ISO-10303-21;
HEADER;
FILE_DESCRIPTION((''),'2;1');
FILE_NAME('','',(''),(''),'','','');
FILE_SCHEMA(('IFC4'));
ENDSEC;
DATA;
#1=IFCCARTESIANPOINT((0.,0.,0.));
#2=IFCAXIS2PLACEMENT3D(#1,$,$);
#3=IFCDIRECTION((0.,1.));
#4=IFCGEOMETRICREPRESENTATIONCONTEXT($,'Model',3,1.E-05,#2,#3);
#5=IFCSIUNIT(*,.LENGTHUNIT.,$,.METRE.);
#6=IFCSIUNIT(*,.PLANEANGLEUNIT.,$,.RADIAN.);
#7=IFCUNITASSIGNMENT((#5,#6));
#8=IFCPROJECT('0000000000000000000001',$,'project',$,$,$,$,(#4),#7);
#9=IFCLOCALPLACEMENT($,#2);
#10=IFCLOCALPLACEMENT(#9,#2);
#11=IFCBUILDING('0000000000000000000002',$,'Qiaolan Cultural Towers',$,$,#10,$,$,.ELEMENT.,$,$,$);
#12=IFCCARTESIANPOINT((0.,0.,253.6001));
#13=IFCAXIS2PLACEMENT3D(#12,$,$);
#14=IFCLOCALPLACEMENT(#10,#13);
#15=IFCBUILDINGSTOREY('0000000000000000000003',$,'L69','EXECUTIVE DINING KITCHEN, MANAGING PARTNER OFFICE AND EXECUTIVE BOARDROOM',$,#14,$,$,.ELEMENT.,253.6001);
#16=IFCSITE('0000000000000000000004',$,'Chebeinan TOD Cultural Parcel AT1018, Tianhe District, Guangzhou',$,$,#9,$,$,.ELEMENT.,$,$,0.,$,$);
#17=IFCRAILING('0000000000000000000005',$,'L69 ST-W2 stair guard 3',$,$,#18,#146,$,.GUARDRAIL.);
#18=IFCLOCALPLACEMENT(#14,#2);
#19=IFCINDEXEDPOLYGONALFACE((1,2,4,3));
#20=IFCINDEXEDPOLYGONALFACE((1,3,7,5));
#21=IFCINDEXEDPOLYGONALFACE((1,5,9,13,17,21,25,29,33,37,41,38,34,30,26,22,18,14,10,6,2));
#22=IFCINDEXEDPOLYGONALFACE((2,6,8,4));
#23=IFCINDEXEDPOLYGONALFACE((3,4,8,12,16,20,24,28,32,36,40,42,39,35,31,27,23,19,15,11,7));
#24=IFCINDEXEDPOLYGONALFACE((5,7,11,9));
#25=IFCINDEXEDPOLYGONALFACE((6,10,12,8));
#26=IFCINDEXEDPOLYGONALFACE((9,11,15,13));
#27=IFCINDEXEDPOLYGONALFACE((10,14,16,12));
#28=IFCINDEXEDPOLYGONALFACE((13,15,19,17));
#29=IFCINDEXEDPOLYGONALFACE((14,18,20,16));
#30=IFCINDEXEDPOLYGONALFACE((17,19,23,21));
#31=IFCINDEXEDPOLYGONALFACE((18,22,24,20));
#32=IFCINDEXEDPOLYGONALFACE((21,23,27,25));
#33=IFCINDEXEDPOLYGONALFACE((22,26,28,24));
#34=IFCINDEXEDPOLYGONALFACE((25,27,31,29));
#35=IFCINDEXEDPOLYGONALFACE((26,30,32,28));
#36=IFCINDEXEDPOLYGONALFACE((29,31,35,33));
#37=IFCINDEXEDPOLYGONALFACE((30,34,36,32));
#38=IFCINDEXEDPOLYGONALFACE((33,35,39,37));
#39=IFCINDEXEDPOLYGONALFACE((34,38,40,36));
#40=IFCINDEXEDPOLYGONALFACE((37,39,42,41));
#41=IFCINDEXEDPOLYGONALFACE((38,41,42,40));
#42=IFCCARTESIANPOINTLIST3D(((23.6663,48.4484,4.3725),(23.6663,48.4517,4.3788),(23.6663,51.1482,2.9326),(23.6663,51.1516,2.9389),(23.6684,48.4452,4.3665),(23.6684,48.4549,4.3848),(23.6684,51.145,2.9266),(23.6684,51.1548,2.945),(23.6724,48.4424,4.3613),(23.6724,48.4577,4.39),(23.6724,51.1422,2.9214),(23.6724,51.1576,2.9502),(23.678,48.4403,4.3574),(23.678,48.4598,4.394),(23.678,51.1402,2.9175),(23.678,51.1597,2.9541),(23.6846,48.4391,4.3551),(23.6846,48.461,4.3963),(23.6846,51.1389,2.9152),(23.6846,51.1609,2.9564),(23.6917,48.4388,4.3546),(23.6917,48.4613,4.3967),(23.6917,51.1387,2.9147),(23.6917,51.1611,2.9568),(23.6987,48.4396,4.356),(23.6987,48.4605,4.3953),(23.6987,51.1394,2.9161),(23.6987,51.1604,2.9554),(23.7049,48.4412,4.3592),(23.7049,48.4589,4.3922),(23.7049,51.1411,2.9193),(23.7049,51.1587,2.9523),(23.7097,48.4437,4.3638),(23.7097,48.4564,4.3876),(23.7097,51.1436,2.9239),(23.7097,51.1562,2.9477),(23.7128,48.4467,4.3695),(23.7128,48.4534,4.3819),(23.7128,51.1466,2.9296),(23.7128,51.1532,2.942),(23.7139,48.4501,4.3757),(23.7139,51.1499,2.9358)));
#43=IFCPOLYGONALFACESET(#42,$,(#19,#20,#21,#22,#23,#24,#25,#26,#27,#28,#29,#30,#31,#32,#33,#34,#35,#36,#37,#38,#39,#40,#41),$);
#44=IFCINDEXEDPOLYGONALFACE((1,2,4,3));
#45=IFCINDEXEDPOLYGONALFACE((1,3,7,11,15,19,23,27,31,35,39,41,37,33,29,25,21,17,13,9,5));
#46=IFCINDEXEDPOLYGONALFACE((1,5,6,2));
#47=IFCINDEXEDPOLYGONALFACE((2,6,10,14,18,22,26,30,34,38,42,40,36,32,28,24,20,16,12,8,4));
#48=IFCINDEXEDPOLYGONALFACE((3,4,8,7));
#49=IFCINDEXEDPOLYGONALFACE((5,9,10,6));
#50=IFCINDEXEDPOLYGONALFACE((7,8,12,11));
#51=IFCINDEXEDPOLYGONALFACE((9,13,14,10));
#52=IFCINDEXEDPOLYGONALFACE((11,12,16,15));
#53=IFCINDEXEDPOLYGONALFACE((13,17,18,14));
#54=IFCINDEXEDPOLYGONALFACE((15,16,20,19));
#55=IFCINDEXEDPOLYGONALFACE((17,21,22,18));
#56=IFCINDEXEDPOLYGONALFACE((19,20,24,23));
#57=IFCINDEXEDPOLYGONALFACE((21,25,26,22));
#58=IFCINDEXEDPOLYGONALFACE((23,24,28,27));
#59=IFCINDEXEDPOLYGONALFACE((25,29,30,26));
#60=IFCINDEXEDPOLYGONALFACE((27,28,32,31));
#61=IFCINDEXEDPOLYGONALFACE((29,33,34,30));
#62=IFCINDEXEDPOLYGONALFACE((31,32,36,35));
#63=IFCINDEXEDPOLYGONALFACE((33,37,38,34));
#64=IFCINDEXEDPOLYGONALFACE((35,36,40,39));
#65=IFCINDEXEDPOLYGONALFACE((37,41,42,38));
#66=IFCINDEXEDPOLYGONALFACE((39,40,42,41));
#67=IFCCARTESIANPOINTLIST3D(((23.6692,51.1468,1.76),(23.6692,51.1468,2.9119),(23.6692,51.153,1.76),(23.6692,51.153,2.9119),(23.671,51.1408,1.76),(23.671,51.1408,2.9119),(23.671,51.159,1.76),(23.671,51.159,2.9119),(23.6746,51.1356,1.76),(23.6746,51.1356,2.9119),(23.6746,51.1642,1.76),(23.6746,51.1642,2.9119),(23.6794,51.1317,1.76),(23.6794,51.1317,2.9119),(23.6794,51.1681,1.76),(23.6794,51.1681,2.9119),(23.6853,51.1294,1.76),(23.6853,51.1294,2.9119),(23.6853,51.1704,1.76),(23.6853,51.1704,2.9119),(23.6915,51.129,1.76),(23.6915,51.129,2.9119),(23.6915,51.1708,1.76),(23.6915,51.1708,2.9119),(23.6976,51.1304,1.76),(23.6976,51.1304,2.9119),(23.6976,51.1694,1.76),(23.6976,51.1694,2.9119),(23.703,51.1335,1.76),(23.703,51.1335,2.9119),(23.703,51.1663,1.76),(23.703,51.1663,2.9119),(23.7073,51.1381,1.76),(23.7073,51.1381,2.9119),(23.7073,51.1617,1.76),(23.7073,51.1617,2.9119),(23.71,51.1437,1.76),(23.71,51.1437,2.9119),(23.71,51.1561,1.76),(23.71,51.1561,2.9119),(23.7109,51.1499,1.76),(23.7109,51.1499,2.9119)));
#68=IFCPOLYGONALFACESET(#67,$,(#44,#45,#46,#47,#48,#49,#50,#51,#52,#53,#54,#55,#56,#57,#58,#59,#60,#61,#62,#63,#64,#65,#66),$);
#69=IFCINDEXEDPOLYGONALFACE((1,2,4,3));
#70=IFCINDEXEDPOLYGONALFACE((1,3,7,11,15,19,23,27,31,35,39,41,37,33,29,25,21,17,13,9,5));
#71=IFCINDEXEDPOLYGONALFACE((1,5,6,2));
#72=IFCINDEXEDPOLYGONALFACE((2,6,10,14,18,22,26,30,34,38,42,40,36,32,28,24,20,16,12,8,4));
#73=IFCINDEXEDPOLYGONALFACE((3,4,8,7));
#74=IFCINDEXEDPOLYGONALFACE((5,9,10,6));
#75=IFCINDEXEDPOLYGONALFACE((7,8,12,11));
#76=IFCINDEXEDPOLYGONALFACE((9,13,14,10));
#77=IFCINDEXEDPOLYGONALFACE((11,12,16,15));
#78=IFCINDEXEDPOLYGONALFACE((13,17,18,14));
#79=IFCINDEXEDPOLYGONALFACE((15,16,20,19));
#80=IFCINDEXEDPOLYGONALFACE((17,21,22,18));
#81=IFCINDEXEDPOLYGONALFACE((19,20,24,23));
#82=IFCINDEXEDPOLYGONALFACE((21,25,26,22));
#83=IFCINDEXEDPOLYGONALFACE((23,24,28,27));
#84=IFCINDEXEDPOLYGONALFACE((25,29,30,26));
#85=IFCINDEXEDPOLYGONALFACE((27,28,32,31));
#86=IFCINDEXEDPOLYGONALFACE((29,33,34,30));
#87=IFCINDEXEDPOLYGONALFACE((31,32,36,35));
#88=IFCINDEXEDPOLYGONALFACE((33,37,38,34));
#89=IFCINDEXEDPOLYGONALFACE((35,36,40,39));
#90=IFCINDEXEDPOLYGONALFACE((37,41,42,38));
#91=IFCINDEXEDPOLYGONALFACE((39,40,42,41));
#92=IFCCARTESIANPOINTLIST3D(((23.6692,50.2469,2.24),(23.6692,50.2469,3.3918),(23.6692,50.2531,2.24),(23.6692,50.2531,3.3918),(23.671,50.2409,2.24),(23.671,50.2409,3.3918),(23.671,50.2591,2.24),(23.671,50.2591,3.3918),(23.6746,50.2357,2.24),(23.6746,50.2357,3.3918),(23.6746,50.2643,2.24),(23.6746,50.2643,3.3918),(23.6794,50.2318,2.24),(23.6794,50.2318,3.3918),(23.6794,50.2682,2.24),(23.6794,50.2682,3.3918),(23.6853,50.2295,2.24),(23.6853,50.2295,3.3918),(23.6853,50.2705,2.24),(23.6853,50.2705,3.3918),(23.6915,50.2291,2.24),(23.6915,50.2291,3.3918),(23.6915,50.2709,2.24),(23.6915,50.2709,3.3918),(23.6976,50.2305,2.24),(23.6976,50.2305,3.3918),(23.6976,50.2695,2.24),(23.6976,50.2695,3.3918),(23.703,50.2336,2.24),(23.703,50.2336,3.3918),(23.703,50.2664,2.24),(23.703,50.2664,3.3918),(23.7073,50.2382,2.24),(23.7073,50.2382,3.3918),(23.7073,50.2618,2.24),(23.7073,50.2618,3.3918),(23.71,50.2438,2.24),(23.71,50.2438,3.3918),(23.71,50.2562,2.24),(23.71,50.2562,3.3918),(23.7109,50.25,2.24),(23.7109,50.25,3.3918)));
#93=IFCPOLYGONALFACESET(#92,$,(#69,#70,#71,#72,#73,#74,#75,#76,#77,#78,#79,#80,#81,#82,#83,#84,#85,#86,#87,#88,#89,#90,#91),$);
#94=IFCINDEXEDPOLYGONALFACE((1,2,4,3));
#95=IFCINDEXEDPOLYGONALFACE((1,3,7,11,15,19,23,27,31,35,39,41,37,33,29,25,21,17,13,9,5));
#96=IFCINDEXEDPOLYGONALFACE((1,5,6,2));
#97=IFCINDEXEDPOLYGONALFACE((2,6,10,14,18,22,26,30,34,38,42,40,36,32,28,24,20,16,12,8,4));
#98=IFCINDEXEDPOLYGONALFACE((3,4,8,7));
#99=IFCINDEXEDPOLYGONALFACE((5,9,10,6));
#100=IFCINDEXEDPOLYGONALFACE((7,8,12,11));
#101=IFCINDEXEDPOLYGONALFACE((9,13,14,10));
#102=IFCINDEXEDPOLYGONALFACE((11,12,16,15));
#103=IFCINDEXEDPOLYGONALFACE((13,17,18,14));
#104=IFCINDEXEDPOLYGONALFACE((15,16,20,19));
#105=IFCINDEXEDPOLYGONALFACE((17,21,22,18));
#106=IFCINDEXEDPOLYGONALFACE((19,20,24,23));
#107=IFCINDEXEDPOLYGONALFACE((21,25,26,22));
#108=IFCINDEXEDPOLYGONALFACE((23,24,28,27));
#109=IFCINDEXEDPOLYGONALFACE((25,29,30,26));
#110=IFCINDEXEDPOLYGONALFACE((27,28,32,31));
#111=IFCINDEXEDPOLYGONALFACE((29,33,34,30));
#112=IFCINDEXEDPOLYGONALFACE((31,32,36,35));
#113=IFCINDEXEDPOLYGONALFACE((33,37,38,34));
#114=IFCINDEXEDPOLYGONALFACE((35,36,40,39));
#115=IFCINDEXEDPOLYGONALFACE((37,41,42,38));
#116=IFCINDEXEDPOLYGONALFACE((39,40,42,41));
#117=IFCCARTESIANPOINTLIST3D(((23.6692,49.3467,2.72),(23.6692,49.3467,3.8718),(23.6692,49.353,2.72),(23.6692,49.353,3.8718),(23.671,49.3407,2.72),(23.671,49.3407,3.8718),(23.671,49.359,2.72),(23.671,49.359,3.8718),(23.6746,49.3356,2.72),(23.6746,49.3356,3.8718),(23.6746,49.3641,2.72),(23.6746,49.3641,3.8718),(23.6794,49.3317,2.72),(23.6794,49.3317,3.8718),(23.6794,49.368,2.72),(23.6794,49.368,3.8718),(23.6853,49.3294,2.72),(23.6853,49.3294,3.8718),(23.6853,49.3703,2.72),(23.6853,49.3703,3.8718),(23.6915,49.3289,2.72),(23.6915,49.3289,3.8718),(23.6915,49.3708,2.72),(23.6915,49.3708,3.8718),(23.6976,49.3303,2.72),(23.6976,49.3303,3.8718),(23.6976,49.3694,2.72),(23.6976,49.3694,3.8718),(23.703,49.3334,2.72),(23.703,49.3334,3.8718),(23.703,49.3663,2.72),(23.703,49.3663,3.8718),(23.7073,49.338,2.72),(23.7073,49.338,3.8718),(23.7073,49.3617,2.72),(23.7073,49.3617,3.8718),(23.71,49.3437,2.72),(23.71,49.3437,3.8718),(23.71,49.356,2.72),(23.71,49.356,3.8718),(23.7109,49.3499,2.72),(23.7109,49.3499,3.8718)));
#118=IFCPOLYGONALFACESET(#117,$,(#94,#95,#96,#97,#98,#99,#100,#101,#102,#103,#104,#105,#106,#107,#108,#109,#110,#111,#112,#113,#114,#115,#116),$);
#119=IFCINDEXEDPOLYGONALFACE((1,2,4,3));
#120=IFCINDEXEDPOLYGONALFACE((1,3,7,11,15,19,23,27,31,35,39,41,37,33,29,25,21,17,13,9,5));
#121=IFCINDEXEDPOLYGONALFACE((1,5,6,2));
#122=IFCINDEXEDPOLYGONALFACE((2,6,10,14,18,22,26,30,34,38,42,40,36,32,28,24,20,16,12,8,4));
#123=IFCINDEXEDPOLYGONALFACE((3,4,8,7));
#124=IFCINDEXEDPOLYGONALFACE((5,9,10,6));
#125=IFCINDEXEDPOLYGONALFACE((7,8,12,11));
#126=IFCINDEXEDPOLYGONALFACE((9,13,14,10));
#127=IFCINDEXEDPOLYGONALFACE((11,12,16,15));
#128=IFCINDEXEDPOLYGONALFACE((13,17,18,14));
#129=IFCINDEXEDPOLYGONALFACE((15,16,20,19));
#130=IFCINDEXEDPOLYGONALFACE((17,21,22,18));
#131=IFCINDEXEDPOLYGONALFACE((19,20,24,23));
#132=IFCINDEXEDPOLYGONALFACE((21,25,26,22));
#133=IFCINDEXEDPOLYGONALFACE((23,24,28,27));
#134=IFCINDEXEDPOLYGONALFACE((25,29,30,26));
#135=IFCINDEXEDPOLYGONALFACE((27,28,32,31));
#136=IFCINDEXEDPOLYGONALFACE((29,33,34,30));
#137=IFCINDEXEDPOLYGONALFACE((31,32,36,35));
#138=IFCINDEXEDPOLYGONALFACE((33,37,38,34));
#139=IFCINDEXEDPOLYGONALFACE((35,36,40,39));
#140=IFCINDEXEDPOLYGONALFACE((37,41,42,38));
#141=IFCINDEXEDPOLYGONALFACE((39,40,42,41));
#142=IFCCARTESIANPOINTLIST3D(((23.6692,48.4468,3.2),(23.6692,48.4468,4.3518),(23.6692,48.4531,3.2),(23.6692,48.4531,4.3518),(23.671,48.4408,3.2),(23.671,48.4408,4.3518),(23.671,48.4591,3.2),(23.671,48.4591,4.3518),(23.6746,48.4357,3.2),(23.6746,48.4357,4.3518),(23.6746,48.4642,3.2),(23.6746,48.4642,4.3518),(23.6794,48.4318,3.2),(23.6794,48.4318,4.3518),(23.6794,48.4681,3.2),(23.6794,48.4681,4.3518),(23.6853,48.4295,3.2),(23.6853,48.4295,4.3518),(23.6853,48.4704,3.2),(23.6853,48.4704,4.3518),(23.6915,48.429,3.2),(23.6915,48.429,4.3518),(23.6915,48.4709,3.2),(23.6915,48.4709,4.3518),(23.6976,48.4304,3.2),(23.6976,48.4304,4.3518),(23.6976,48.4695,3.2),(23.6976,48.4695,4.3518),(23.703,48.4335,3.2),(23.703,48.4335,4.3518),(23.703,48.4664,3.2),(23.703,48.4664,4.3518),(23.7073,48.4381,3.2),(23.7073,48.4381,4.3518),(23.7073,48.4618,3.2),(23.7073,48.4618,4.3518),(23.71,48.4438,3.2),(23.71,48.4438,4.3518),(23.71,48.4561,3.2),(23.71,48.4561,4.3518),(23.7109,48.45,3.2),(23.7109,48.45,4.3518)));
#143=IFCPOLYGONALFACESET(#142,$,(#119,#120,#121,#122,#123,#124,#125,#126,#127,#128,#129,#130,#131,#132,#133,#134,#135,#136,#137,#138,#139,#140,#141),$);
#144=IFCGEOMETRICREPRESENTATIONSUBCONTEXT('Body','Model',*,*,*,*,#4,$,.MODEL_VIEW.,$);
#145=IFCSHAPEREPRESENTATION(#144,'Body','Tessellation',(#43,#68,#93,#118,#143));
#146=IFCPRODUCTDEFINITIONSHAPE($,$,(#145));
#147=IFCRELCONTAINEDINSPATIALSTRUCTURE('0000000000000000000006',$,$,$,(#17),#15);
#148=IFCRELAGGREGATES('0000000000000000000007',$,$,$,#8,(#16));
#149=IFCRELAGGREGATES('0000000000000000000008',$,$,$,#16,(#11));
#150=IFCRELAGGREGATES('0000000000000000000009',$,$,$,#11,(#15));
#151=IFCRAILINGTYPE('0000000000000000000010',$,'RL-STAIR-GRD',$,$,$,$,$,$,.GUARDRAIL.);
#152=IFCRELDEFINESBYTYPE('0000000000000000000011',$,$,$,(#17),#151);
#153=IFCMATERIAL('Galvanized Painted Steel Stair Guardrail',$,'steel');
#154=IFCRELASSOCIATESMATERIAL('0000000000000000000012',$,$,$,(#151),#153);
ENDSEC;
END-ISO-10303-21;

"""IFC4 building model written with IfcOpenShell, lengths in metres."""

from ifc_helpers import new_model, si_unit, direction, frame, origin, origin_2d, place, context, subcontext, project, spatial, circle, extrude, material, type_object, element, save


model = new_model("IFC4")

# Units and contexts
model_context = context("Model", 3, precision=1e-05, world=origin(), true_north=direction((0.0, 1.0)))
body_context = subcontext(model_context, "Body", "Model", "MODEL_VIEW")
ifc_project = project(units=[si_unit("LENGTHUNIT", "METRE"), si_unit("PLANEANGLEUNIT", "RADIAN")], contexts=[model_context])

# Site, building, storey
site_placement = place(None, origin())
site = spatial("IfcSite", under=ifc_project, at=site_placement, Name="Chebeinan TOD Cultural Parcel AT1018, Tianhe District, Guangzhou", CompositionType="ELEMENT", RefElevation=0.0)
building_placement = place(site_placement, origin())
building = spatial("IfcBuilding", under=site, at=building_placement, Name="Qiaolan Cultural Towers", CompositionType="ELEMENT")
storey_placement = place(building_placement, frame((0.0, 0.0, 253.6001)))
storey = spatial("IfcBuildingStorey", under=building, at=storey_placement, Name="L69", Description="EXECUTIVE DINING KITCHEN, MANAGING PARTNER OFFICE AND EXECUTIVE BOARDROOM", CompositionType="ELEMENT", Elevation=253.6001)

# Railing
ifc_material_1 = material(Name="Galvanized Painted Steel Stair Guardrail", Category="steel")
railing_type_1 = type_object("IfcRailingType", Name="RL-STAIR-GRD", PredefinedType="GUARDRAIL", material=ifc_material_1)
railing_1_placement = place(storey_placement, frame((23.6899, 51.1499, 1.76)))
element("IfcRailing", 1, at=railing_1_placement, inside=storey, type_object=railing_type_1, Name="L69 ST-W2 stair guard 3", PredefinedType="GUARDRAIL", context=body_context, shape_type="SweptSolid", body=[
    extrude(circle(Radius=0.0239, at=origin_2d()), frame((0.0, 0.0, 1.1758), z_axis=(0.0, -0.882357, 0.47058), x_axis=(1.0, 0.0, 0.0)), (0.0, 0.0, 1.0), 3.0598),
    extrude(circle(Radius=0.021, at=origin_2d()), origin(), (0.0, 0.0, 1.0), 1.1519),
    extrude(circle(Radius=0.021, at=origin_2d()), frame((0.0, -0.8999, 0.48)), (0.0, 0.0, 1.0), 1.1519),
    extrude(circle(Radius=0.021, at=origin_2d()), frame((0.0, -1.8, 0.96)), (0.0, 0.0, 1.0), 1.1519),
    extrude(circle(Radius=0.021, at=origin_2d()), frame((0.0, -2.7, 1.4399)), (0.0, 0.0, 1.0), 1.1519),
])

save(model, "model.ifc")
